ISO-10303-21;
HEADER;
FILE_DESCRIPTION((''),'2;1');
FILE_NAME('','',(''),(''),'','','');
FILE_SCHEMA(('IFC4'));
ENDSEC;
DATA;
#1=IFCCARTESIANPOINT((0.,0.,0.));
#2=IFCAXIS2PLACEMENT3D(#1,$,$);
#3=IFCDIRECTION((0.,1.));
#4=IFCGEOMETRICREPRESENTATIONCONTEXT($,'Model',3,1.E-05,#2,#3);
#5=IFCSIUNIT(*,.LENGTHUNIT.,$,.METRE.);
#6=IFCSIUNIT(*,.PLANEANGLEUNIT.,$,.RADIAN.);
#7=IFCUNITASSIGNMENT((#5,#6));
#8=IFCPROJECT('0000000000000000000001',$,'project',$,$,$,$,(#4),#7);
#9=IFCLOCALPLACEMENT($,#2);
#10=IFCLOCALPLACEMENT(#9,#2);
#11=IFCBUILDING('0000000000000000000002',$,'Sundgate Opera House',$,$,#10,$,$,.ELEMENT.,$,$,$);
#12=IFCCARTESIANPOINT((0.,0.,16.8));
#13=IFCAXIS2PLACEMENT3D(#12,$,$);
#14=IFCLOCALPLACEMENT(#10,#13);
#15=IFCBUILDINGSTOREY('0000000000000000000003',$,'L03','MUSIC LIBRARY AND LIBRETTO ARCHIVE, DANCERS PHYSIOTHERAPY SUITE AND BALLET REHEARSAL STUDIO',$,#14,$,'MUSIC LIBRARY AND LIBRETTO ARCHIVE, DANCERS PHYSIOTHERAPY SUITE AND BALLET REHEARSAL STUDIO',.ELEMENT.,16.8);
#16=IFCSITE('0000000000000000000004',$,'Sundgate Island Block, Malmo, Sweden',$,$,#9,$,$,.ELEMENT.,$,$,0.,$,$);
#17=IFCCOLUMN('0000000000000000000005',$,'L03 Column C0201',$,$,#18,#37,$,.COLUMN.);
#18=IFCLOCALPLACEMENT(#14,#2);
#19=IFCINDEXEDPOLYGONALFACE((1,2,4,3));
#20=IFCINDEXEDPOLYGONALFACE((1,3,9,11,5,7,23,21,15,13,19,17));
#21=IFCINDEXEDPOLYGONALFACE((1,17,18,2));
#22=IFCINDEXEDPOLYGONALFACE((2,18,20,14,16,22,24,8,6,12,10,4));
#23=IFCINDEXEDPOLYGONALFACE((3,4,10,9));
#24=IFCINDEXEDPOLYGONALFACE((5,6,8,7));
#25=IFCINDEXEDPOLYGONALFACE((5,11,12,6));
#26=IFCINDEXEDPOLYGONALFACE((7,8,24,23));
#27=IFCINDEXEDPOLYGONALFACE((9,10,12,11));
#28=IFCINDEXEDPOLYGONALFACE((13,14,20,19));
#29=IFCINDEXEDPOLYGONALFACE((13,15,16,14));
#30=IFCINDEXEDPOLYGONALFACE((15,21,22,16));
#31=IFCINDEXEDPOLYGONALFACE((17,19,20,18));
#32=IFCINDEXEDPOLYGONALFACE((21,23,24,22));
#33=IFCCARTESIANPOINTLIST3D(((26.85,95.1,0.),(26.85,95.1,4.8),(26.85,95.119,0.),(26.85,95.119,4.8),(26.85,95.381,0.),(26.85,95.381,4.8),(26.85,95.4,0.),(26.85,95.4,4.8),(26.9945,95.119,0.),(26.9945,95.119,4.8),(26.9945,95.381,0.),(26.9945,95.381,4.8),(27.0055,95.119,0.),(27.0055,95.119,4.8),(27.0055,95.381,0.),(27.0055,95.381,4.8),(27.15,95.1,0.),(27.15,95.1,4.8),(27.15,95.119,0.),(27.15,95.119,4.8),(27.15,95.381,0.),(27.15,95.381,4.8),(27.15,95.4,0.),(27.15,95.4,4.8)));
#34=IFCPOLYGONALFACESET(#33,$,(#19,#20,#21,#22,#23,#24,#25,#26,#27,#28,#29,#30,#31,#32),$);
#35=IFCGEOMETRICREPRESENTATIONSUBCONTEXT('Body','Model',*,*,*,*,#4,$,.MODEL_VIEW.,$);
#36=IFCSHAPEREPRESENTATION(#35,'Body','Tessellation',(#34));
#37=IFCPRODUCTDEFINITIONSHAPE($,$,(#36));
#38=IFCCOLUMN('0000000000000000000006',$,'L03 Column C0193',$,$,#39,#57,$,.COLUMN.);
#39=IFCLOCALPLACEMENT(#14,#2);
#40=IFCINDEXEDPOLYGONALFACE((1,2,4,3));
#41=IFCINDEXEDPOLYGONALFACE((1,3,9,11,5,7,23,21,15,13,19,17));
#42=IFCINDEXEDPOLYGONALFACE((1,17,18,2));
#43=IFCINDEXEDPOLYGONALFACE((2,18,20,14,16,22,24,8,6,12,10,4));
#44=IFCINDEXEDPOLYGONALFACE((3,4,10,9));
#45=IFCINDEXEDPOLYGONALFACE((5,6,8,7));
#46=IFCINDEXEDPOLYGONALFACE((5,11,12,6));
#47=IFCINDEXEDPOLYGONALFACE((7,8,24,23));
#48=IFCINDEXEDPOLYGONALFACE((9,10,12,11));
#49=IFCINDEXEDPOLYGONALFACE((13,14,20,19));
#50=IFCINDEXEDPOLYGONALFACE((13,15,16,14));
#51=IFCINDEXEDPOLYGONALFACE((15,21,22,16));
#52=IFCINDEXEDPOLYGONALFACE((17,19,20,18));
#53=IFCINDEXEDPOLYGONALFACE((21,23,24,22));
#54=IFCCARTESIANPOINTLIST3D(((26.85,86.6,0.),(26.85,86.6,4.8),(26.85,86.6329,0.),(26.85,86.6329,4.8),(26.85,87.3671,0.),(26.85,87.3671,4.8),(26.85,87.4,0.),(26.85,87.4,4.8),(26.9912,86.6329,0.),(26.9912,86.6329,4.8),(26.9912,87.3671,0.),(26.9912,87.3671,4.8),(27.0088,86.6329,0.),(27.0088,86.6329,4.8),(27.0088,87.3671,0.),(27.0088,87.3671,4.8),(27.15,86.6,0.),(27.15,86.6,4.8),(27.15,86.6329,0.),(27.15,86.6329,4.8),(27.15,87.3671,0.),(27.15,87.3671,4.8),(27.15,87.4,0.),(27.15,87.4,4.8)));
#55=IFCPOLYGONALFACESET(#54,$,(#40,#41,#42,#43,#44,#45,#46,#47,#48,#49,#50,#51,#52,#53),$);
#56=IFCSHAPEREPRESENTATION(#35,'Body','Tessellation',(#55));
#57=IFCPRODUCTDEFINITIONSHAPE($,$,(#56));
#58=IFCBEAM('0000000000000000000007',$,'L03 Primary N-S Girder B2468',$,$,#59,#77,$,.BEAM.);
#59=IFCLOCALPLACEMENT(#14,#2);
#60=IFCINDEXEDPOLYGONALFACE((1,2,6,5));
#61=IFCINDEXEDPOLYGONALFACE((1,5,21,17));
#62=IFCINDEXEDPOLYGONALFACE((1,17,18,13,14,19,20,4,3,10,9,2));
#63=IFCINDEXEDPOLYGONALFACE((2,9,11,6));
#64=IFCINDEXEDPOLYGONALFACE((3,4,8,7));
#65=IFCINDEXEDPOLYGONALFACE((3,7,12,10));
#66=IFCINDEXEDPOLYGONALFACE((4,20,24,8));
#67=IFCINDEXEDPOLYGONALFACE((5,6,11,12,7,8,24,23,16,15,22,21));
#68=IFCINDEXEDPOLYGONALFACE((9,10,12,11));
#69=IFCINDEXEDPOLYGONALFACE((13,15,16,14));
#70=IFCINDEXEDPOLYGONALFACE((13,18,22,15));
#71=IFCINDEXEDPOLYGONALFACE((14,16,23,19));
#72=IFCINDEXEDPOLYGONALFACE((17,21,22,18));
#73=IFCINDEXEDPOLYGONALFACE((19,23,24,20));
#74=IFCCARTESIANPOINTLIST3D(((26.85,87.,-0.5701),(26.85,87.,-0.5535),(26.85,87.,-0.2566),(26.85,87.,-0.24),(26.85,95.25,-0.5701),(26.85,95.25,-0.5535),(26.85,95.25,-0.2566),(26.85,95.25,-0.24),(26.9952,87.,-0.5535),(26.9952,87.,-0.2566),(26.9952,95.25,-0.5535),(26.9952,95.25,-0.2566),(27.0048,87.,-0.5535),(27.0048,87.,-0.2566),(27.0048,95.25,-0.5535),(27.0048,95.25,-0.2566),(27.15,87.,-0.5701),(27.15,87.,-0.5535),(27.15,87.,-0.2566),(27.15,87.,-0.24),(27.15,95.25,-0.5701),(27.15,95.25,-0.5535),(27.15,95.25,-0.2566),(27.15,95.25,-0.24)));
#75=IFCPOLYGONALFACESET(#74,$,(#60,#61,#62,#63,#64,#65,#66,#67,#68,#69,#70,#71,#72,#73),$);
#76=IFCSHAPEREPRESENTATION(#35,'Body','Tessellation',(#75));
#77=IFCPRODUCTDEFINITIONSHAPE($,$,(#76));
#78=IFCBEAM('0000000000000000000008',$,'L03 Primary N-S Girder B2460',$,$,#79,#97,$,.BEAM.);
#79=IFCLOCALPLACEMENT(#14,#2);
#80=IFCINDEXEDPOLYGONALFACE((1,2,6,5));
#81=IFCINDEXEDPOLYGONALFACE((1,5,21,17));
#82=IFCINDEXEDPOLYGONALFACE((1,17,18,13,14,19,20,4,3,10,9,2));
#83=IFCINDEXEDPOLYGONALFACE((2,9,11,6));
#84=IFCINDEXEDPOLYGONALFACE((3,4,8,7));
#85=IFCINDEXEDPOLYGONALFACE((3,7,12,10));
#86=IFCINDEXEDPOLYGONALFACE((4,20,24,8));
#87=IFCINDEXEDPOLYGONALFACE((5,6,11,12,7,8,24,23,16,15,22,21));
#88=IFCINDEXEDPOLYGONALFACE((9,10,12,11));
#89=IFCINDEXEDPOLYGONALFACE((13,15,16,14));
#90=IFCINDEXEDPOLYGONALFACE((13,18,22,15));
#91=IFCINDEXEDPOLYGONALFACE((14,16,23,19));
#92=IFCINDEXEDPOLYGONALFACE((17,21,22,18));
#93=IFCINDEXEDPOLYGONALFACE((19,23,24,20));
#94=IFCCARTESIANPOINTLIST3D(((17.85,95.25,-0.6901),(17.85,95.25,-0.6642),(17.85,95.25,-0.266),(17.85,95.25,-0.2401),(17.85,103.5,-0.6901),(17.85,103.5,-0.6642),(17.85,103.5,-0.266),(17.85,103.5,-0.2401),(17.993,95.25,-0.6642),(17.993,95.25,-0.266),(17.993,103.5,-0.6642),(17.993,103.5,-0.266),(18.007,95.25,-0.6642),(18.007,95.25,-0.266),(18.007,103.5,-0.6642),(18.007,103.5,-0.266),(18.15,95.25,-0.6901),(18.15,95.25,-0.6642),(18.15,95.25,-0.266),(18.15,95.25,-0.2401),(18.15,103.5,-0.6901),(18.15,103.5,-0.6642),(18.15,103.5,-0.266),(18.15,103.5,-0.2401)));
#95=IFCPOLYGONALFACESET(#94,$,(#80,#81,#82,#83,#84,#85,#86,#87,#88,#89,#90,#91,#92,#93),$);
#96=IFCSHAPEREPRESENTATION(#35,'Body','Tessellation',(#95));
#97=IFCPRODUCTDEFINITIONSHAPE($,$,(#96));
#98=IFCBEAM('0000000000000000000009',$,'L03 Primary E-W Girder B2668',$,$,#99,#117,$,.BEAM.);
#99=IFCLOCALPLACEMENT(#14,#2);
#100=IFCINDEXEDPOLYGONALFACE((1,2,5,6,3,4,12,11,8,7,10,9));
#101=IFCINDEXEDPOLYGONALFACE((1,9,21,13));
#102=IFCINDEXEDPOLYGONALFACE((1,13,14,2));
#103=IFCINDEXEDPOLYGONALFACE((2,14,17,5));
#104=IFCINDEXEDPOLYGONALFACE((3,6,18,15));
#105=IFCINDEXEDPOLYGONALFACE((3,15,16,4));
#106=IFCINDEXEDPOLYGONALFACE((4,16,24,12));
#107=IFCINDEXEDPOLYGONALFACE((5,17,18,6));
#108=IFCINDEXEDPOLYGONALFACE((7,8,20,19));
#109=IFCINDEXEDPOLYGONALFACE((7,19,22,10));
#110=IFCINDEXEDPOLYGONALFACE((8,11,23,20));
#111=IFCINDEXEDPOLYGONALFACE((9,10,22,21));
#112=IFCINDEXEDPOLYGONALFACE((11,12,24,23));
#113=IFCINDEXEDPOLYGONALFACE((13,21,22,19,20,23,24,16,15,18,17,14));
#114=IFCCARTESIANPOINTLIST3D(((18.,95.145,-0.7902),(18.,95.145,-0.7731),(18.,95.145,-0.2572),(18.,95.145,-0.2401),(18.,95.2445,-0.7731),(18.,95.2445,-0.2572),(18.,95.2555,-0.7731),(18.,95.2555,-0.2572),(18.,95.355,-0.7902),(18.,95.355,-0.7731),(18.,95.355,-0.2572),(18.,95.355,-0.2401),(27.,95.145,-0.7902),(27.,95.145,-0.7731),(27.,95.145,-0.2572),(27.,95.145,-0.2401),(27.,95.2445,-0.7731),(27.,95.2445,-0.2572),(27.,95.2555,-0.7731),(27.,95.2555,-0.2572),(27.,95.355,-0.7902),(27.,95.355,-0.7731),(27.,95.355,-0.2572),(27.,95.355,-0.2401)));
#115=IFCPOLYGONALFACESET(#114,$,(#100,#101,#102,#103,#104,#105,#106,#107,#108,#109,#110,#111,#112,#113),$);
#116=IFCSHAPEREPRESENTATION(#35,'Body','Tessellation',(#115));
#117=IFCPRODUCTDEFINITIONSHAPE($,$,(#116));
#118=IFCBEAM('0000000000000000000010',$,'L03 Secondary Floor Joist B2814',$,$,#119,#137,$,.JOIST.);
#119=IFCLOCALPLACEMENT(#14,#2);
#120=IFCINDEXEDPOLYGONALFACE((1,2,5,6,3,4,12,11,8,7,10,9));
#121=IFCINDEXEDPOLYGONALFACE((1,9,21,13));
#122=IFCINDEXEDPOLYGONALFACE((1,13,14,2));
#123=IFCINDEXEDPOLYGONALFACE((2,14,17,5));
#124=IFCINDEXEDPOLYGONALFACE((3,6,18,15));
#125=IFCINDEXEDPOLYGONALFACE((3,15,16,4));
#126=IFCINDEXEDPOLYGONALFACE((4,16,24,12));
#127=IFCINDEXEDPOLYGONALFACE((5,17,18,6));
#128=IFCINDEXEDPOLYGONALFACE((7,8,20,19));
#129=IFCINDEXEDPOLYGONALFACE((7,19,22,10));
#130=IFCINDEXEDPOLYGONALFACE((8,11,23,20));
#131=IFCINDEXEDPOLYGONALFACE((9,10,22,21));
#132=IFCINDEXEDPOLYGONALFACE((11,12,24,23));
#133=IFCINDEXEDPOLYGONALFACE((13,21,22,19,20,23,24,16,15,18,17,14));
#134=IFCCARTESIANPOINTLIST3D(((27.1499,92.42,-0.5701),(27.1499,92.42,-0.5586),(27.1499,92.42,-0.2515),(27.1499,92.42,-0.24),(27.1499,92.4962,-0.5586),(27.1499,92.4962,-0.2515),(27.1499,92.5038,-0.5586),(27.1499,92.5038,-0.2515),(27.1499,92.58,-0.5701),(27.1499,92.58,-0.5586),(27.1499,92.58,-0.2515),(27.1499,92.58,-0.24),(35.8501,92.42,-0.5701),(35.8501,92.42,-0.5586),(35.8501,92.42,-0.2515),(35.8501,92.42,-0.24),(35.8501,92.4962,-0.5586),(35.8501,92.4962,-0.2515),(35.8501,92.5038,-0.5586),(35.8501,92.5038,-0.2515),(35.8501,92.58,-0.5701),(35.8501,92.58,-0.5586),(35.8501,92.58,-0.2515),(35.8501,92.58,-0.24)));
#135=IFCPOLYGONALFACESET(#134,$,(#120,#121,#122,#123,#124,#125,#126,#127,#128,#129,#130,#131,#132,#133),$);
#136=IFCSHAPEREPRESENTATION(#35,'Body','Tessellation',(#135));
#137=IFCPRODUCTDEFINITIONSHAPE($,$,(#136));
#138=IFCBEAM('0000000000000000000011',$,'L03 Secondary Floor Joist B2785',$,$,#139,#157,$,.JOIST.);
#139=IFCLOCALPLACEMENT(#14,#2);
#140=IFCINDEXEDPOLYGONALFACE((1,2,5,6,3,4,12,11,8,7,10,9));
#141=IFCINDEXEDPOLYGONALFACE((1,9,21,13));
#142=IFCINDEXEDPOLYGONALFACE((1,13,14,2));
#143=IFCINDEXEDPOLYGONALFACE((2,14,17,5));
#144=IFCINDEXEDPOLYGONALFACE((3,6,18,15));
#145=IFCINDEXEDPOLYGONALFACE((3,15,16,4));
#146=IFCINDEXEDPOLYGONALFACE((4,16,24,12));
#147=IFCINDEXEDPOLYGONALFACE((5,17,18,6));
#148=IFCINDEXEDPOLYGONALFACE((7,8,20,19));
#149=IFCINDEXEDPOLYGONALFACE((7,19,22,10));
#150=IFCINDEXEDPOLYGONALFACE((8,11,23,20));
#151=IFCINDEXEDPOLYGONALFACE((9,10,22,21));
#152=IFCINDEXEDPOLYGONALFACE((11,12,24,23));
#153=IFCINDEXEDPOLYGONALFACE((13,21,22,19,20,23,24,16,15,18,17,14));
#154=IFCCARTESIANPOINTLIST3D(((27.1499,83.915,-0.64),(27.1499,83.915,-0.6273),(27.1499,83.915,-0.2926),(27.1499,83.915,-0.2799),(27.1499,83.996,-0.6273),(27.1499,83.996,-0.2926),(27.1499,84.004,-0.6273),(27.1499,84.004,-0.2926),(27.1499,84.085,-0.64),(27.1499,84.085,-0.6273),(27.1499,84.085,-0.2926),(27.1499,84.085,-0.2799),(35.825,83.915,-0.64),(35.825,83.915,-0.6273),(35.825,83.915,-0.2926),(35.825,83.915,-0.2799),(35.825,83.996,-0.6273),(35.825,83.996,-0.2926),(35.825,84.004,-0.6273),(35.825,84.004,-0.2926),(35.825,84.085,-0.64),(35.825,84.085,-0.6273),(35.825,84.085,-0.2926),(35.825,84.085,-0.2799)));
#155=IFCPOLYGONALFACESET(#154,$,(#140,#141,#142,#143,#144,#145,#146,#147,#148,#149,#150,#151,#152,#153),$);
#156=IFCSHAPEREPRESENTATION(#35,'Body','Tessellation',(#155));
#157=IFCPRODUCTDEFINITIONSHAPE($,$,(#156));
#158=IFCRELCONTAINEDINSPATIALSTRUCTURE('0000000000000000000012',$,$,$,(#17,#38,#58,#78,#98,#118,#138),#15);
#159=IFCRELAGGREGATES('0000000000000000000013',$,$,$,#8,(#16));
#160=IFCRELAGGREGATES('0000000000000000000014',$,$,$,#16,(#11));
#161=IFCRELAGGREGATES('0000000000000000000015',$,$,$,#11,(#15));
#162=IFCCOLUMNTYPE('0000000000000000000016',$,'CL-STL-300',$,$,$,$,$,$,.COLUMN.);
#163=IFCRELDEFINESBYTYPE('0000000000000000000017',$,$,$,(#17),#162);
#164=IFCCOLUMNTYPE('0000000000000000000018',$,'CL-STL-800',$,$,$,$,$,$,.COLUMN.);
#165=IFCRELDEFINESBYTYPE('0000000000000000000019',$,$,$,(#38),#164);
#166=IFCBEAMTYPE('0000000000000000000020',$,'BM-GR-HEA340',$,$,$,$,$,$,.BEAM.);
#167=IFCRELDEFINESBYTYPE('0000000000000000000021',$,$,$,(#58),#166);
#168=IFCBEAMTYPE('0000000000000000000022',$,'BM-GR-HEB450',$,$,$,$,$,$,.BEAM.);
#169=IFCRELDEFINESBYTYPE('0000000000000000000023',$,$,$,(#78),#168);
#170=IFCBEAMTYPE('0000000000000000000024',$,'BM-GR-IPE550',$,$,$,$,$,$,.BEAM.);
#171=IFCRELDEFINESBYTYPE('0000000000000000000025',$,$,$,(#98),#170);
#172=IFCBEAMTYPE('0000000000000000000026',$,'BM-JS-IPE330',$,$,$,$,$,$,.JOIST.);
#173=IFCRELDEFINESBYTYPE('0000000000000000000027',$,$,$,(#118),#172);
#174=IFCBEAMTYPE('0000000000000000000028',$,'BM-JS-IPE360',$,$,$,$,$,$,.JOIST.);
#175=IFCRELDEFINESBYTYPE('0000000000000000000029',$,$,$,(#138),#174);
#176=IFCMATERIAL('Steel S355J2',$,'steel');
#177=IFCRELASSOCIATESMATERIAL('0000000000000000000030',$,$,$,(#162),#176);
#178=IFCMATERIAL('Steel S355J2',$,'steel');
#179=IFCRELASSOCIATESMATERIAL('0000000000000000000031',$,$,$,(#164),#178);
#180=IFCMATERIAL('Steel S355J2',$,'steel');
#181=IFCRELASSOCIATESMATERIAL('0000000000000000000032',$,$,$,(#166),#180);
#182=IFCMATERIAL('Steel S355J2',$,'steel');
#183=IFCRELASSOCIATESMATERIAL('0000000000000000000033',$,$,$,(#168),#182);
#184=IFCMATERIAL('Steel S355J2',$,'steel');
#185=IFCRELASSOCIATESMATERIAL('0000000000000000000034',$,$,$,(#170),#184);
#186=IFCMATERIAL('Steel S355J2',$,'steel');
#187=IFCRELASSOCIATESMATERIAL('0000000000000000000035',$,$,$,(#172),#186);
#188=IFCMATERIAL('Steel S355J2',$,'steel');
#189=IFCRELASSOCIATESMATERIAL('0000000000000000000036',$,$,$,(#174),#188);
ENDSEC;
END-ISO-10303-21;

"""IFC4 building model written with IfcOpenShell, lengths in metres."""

from ifc_helpers import new_model, si_unit, direction, frame, origin, origin_2d, place, context, subcontext, project, spatial, i_section, extrude, material, material_profile, profile_set, type_object, element, save


model = new_model("IFC4")

# Units and contexts
model_context = context("Model", 3, precision=1e-05, world=origin(), true_north=direction((0.0, 1.0)))
body_context = subcontext(model_context, "Body", "Model", "MODEL_VIEW")
ifc_project = project(units=[si_unit("LENGTHUNIT", "METRE"), si_unit("PLANEANGLEUNIT", "RADIAN")], contexts=[model_context])

# Site, building, storey
site_placement = place(None, origin())
site = spatial("IfcSite", under=ifc_project, at=site_placement, Name="Sundgate Island Block, Malmo, Sweden", CompositionType="ELEMENT", RefElevation=0.0)
building_placement = place(site_placement, origin())
building = spatial("IfcBuilding", under=site, at=building_placement, Name="Sundgate Opera House", CompositionType="ELEMENT")
storey_placement = place(building_placement, frame((0.0, 0.0, 16.8)))
storey = spatial("IfcBuildingStorey", under=building, at=storey_placement, Name="L03", Description="MUSIC LIBRARY AND LIBRETTO ARCHIVE, DANCERS PHYSIOTHERAPY SUITE AND BALLET REHEARSAL STUDIO", LongName="MUSIC LIBRARY AND LIBRETTO ARCHIVE, DANCERS PHYSIOTHERAPY SUITE AND BALLET REHEARSAL STUDIO", CompositionType="ELEMENT", Elevation=16.8)

# Columns
ifc_material_1 = material(Name="Steel S355J2", Category="steel")
ifc_material_profile_1 = material_profile(ifc_material_1, i_section(OverallWidth=0.3, OverallDepth=0.3, WebThickness=0.011, FlangeThickness=0.019, at=origin_2d()), Name="HEB 300")
ifc_profile_set_1 = profile_set([ifc_material_profile_1], Name="Steel S355J2")
column_type_1 = type_object("IfcColumnType", Name="CL-STL-300", PredefinedType="COLUMN", material=ifc_profile_set_1)
column_1_placement = place(storey_placement, frame((27.0, 95.25, 0.0), z_axis=(0.0, 0.0, 1.0), x_axis=(1.0, 0.0, 0.0)))
element("IfcColumn", 1, at=column_1_placement, inside=storey, type_object=column_type_1, Name="L03 Column C0201", PredefinedType="COLUMN", context=body_context, shape_type="SweptSolid", body=[
    extrude(i_section(OverallWidth=0.3, OverallDepth=0.3, WebThickness=0.011, FlangeThickness=0.019, at=origin_2d()), origin(), (0.0, 0.0, 1.0), 4.8),
])
ifc_material_2 = material(Name="Steel S355J2", Category="steel")
ifc_material_profile_2 = material_profile(ifc_material_2, i_section(OverallWidth=0.3, OverallDepth=0.8, WebThickness=0.0176, FlangeThickness=0.033, at=origin_2d()), Name="HEB 800")
ifc_profile_set_2 = profile_set([ifc_material_profile_2], Name="Steel S355J2")
column_type_2 = type_object("IfcColumnType", Name="CL-STL-800", PredefinedType="COLUMN", material=ifc_profile_set_2)
column_2_placement = place(storey_placement, frame((27.0, 87.0, 0.0), z_axis=(0.0, 0.0, 1.0), x_axis=(1.0, 0.0, 0.0)))
element("IfcColumn", 2, at=column_2_placement, inside=storey, type_object=column_type_2, Name="L03 Column C0193", PredefinedType="COLUMN", context=body_context, shape_type="SweptSolid", body=[
    extrude(i_section(OverallWidth=0.3, OverallDepth=0.8, WebThickness=0.0176, FlangeThickness=0.033, at=origin_2d()), origin(), (0.0, 0.0, 1.0), 4.8),
])

# Beams
ifc_material_3 = material(Name="Steel S355J2", Category="steel")
ifc_material_profile_3 = material_profile(ifc_material_3, i_section(OverallWidth=0.3, OverallDepth=0.3301, WebThickness=0.0095, FlangeThickness=0.0166, at=origin_2d()), Name="HEA 340")
ifc_profile_set_3 = profile_set([ifc_material_profile_3], Name="Steel S355J2")
beam_type_1 = type_object("IfcBeamType", Name="BM-GR-HEA340", PredefinedType="BEAM", material=ifc_profile_set_3)
beam_1_placement = place(storey_placement, frame((27.0, 87.0, -0.405), z_axis=(0.0, 1.0, 0.0), x_axis=(-1.0, 0.0, 0.0)))
element("IfcBeam", 3, at=beam_1_placement, inside=storey, type_object=beam_type_1, Name="L03 Primary N-S Girder B2468", PredefinedType="BEAM", context=body_context, shape_type="SweptSolid", body=[
    extrude(i_section(OverallWidth=0.3, OverallDepth=0.3301, WebThickness=0.0095, FlangeThickness=0.0166, at=origin_2d()), origin(), (0.0, 0.0, 1.0), 8.25),
])
ifc_material_4 = material(Name="Steel S355J2", Category="steel")
ifc_material_profile_4 = material_profile(ifc_material_4, i_section(OverallWidth=0.3, OverallDepth=0.45, WebThickness=0.0139, FlangeThickness=0.0259, at=origin_2d()), Name="HEB 450")
ifc_profile_set_4 = profile_set([ifc_material_profile_4], Name="Steel S355J2")
beam_type_2 = type_object("IfcBeamType", Name="BM-GR-HEB450", PredefinedType="BEAM", material=ifc_profile_set_4)
beam_2_placement = place(storey_placement, frame((18.0, 95.25, -0.4651), z_axis=(0.0, 1.0, 0.0), x_axis=(-1.0, 0.0, 0.0)))
element("IfcBeam", 4, at=beam_2_placement, inside=storey, type_object=beam_type_2, Name="L03 Primary N-S Girder B2460", PredefinedType="BEAM", context=body_context, shape_type="SweptSolid", body=[
    extrude(i_section(OverallWidth=0.3, OverallDepth=0.45, WebThickness=0.0139, FlangeThickness=0.0259, at=origin_2d()), origin(), (0.0, 0.0, 1.0), 8.25),
])
ifc_material_5 = material(Name="Steel S355J2", Category="steel")
ifc_material_profile_5 = material_profile(ifc_material_5, i_section(OverallWidth=0.21, OverallDepth=0.55, WebThickness=0.011, FlangeThickness=0.0171, at=origin_2d()), Name="IPE 550")
ifc_profile_set_5 = profile_set([ifc_material_profile_5], Name="Steel S355J2")
beam_type_3 = type_object("IfcBeamType", Name="BM-GR-IPE550", PredefinedType="BEAM", material=ifc_profile_set_5)
beam_3_placement = place(storey_placement, frame((18.0, 95.25, -0.5151), z_axis=(1.0, 0.0, 0.0), x_axis=(0.0, 1.0, 0.0)))
element("IfcBeam", 5, at=beam_3_placement, inside=storey, type_object=beam_type_3, Name="L03 Primary E-W Girder B2668", PredefinedType="BEAM", context=body_context, shape_type="SweptSolid", body=[
    extrude(i_section(OverallWidth=0.21, OverallDepth=0.55, WebThickness=0.011, FlangeThickness=0.0171, at=origin_2d()), origin(), (0.0, 0.0, 1.0), 9.0),
])
ifc_material_6 = material(Name="Steel S355J2", Category="steel")
ifc_material_profile_6 = material_profile(ifc_material_6, i_section(OverallWidth=0.1599, OverallDepth=0.3301, WebThickness=0.0076, FlangeThickness=0.0115, at=origin_2d()), Name="IPE 330")
ifc_profile_set_6 = profile_set([ifc_material_profile_6], Name="Steel S355J2")
beam_type_4 = type_object("IfcBeamType", Name="BM-JS-IPE330", PredefinedType="JOIST", material=ifc_profile_set_6)
beam_4_placement = place(storey_placement, frame((27.1499, 92.5, -0.405), z_axis=(1.0, 0.0, 0.0), x_axis=(0.0, 1.0, 0.0)))
element("IfcBeam", 6, at=beam_4_placement, inside=storey, type_object=beam_type_4, Name="L03 Secondary Floor Joist B2814", PredefinedType="JOIST", context=body_context, shape_type="SweptSolid", body=[
    extrude(i_section(OverallWidth=0.1599, OverallDepth=0.3301, WebThickness=0.0076, FlangeThickness=0.0115, at=origin_2d()), origin(), (0.0, 0.0, 1.0), 8.7002),
])
ifc_material_7 = material(Name="Steel S355J2", Category="steel")
ifc_material_profile_7 = material_profile(ifc_material_7, i_section(OverallWidth=0.1699, OverallDepth=0.3601, WebThickness=0.0081, FlangeThickness=0.0127, at=origin_2d()), Name="IPE 360")
ifc_profile_set_7 = profile_set([ifc_material_profile_7], Name="Steel S355J2")
beam_type_5 = type_object("IfcBeamType", Name="BM-JS-IPE360", PredefinedType="JOIST", material=ifc_profile_set_7)
beam_5_placement = place(storey_placement, frame((27.1499, 84.0, -0.46), z_axis=(1.0, 0.0, 0.0), x_axis=(0.0, 1.0, 0.0)))
element("IfcBeam", 7, at=beam_5_placement, inside=storey, type_object=beam_type_5, Name="L03 Secondary Floor Joist B2785", PredefinedType="JOIST", context=body_context, shape_type="SweptSolid", body=[
    extrude(i_section(OverallWidth=0.1699, OverallDepth=0.3601, WebThickness=0.0081, FlangeThickness=0.0127, at=origin_2d()), origin(), (0.0, 0.0, 1.0), 8.675),
])

save(model, "model.ifc")
